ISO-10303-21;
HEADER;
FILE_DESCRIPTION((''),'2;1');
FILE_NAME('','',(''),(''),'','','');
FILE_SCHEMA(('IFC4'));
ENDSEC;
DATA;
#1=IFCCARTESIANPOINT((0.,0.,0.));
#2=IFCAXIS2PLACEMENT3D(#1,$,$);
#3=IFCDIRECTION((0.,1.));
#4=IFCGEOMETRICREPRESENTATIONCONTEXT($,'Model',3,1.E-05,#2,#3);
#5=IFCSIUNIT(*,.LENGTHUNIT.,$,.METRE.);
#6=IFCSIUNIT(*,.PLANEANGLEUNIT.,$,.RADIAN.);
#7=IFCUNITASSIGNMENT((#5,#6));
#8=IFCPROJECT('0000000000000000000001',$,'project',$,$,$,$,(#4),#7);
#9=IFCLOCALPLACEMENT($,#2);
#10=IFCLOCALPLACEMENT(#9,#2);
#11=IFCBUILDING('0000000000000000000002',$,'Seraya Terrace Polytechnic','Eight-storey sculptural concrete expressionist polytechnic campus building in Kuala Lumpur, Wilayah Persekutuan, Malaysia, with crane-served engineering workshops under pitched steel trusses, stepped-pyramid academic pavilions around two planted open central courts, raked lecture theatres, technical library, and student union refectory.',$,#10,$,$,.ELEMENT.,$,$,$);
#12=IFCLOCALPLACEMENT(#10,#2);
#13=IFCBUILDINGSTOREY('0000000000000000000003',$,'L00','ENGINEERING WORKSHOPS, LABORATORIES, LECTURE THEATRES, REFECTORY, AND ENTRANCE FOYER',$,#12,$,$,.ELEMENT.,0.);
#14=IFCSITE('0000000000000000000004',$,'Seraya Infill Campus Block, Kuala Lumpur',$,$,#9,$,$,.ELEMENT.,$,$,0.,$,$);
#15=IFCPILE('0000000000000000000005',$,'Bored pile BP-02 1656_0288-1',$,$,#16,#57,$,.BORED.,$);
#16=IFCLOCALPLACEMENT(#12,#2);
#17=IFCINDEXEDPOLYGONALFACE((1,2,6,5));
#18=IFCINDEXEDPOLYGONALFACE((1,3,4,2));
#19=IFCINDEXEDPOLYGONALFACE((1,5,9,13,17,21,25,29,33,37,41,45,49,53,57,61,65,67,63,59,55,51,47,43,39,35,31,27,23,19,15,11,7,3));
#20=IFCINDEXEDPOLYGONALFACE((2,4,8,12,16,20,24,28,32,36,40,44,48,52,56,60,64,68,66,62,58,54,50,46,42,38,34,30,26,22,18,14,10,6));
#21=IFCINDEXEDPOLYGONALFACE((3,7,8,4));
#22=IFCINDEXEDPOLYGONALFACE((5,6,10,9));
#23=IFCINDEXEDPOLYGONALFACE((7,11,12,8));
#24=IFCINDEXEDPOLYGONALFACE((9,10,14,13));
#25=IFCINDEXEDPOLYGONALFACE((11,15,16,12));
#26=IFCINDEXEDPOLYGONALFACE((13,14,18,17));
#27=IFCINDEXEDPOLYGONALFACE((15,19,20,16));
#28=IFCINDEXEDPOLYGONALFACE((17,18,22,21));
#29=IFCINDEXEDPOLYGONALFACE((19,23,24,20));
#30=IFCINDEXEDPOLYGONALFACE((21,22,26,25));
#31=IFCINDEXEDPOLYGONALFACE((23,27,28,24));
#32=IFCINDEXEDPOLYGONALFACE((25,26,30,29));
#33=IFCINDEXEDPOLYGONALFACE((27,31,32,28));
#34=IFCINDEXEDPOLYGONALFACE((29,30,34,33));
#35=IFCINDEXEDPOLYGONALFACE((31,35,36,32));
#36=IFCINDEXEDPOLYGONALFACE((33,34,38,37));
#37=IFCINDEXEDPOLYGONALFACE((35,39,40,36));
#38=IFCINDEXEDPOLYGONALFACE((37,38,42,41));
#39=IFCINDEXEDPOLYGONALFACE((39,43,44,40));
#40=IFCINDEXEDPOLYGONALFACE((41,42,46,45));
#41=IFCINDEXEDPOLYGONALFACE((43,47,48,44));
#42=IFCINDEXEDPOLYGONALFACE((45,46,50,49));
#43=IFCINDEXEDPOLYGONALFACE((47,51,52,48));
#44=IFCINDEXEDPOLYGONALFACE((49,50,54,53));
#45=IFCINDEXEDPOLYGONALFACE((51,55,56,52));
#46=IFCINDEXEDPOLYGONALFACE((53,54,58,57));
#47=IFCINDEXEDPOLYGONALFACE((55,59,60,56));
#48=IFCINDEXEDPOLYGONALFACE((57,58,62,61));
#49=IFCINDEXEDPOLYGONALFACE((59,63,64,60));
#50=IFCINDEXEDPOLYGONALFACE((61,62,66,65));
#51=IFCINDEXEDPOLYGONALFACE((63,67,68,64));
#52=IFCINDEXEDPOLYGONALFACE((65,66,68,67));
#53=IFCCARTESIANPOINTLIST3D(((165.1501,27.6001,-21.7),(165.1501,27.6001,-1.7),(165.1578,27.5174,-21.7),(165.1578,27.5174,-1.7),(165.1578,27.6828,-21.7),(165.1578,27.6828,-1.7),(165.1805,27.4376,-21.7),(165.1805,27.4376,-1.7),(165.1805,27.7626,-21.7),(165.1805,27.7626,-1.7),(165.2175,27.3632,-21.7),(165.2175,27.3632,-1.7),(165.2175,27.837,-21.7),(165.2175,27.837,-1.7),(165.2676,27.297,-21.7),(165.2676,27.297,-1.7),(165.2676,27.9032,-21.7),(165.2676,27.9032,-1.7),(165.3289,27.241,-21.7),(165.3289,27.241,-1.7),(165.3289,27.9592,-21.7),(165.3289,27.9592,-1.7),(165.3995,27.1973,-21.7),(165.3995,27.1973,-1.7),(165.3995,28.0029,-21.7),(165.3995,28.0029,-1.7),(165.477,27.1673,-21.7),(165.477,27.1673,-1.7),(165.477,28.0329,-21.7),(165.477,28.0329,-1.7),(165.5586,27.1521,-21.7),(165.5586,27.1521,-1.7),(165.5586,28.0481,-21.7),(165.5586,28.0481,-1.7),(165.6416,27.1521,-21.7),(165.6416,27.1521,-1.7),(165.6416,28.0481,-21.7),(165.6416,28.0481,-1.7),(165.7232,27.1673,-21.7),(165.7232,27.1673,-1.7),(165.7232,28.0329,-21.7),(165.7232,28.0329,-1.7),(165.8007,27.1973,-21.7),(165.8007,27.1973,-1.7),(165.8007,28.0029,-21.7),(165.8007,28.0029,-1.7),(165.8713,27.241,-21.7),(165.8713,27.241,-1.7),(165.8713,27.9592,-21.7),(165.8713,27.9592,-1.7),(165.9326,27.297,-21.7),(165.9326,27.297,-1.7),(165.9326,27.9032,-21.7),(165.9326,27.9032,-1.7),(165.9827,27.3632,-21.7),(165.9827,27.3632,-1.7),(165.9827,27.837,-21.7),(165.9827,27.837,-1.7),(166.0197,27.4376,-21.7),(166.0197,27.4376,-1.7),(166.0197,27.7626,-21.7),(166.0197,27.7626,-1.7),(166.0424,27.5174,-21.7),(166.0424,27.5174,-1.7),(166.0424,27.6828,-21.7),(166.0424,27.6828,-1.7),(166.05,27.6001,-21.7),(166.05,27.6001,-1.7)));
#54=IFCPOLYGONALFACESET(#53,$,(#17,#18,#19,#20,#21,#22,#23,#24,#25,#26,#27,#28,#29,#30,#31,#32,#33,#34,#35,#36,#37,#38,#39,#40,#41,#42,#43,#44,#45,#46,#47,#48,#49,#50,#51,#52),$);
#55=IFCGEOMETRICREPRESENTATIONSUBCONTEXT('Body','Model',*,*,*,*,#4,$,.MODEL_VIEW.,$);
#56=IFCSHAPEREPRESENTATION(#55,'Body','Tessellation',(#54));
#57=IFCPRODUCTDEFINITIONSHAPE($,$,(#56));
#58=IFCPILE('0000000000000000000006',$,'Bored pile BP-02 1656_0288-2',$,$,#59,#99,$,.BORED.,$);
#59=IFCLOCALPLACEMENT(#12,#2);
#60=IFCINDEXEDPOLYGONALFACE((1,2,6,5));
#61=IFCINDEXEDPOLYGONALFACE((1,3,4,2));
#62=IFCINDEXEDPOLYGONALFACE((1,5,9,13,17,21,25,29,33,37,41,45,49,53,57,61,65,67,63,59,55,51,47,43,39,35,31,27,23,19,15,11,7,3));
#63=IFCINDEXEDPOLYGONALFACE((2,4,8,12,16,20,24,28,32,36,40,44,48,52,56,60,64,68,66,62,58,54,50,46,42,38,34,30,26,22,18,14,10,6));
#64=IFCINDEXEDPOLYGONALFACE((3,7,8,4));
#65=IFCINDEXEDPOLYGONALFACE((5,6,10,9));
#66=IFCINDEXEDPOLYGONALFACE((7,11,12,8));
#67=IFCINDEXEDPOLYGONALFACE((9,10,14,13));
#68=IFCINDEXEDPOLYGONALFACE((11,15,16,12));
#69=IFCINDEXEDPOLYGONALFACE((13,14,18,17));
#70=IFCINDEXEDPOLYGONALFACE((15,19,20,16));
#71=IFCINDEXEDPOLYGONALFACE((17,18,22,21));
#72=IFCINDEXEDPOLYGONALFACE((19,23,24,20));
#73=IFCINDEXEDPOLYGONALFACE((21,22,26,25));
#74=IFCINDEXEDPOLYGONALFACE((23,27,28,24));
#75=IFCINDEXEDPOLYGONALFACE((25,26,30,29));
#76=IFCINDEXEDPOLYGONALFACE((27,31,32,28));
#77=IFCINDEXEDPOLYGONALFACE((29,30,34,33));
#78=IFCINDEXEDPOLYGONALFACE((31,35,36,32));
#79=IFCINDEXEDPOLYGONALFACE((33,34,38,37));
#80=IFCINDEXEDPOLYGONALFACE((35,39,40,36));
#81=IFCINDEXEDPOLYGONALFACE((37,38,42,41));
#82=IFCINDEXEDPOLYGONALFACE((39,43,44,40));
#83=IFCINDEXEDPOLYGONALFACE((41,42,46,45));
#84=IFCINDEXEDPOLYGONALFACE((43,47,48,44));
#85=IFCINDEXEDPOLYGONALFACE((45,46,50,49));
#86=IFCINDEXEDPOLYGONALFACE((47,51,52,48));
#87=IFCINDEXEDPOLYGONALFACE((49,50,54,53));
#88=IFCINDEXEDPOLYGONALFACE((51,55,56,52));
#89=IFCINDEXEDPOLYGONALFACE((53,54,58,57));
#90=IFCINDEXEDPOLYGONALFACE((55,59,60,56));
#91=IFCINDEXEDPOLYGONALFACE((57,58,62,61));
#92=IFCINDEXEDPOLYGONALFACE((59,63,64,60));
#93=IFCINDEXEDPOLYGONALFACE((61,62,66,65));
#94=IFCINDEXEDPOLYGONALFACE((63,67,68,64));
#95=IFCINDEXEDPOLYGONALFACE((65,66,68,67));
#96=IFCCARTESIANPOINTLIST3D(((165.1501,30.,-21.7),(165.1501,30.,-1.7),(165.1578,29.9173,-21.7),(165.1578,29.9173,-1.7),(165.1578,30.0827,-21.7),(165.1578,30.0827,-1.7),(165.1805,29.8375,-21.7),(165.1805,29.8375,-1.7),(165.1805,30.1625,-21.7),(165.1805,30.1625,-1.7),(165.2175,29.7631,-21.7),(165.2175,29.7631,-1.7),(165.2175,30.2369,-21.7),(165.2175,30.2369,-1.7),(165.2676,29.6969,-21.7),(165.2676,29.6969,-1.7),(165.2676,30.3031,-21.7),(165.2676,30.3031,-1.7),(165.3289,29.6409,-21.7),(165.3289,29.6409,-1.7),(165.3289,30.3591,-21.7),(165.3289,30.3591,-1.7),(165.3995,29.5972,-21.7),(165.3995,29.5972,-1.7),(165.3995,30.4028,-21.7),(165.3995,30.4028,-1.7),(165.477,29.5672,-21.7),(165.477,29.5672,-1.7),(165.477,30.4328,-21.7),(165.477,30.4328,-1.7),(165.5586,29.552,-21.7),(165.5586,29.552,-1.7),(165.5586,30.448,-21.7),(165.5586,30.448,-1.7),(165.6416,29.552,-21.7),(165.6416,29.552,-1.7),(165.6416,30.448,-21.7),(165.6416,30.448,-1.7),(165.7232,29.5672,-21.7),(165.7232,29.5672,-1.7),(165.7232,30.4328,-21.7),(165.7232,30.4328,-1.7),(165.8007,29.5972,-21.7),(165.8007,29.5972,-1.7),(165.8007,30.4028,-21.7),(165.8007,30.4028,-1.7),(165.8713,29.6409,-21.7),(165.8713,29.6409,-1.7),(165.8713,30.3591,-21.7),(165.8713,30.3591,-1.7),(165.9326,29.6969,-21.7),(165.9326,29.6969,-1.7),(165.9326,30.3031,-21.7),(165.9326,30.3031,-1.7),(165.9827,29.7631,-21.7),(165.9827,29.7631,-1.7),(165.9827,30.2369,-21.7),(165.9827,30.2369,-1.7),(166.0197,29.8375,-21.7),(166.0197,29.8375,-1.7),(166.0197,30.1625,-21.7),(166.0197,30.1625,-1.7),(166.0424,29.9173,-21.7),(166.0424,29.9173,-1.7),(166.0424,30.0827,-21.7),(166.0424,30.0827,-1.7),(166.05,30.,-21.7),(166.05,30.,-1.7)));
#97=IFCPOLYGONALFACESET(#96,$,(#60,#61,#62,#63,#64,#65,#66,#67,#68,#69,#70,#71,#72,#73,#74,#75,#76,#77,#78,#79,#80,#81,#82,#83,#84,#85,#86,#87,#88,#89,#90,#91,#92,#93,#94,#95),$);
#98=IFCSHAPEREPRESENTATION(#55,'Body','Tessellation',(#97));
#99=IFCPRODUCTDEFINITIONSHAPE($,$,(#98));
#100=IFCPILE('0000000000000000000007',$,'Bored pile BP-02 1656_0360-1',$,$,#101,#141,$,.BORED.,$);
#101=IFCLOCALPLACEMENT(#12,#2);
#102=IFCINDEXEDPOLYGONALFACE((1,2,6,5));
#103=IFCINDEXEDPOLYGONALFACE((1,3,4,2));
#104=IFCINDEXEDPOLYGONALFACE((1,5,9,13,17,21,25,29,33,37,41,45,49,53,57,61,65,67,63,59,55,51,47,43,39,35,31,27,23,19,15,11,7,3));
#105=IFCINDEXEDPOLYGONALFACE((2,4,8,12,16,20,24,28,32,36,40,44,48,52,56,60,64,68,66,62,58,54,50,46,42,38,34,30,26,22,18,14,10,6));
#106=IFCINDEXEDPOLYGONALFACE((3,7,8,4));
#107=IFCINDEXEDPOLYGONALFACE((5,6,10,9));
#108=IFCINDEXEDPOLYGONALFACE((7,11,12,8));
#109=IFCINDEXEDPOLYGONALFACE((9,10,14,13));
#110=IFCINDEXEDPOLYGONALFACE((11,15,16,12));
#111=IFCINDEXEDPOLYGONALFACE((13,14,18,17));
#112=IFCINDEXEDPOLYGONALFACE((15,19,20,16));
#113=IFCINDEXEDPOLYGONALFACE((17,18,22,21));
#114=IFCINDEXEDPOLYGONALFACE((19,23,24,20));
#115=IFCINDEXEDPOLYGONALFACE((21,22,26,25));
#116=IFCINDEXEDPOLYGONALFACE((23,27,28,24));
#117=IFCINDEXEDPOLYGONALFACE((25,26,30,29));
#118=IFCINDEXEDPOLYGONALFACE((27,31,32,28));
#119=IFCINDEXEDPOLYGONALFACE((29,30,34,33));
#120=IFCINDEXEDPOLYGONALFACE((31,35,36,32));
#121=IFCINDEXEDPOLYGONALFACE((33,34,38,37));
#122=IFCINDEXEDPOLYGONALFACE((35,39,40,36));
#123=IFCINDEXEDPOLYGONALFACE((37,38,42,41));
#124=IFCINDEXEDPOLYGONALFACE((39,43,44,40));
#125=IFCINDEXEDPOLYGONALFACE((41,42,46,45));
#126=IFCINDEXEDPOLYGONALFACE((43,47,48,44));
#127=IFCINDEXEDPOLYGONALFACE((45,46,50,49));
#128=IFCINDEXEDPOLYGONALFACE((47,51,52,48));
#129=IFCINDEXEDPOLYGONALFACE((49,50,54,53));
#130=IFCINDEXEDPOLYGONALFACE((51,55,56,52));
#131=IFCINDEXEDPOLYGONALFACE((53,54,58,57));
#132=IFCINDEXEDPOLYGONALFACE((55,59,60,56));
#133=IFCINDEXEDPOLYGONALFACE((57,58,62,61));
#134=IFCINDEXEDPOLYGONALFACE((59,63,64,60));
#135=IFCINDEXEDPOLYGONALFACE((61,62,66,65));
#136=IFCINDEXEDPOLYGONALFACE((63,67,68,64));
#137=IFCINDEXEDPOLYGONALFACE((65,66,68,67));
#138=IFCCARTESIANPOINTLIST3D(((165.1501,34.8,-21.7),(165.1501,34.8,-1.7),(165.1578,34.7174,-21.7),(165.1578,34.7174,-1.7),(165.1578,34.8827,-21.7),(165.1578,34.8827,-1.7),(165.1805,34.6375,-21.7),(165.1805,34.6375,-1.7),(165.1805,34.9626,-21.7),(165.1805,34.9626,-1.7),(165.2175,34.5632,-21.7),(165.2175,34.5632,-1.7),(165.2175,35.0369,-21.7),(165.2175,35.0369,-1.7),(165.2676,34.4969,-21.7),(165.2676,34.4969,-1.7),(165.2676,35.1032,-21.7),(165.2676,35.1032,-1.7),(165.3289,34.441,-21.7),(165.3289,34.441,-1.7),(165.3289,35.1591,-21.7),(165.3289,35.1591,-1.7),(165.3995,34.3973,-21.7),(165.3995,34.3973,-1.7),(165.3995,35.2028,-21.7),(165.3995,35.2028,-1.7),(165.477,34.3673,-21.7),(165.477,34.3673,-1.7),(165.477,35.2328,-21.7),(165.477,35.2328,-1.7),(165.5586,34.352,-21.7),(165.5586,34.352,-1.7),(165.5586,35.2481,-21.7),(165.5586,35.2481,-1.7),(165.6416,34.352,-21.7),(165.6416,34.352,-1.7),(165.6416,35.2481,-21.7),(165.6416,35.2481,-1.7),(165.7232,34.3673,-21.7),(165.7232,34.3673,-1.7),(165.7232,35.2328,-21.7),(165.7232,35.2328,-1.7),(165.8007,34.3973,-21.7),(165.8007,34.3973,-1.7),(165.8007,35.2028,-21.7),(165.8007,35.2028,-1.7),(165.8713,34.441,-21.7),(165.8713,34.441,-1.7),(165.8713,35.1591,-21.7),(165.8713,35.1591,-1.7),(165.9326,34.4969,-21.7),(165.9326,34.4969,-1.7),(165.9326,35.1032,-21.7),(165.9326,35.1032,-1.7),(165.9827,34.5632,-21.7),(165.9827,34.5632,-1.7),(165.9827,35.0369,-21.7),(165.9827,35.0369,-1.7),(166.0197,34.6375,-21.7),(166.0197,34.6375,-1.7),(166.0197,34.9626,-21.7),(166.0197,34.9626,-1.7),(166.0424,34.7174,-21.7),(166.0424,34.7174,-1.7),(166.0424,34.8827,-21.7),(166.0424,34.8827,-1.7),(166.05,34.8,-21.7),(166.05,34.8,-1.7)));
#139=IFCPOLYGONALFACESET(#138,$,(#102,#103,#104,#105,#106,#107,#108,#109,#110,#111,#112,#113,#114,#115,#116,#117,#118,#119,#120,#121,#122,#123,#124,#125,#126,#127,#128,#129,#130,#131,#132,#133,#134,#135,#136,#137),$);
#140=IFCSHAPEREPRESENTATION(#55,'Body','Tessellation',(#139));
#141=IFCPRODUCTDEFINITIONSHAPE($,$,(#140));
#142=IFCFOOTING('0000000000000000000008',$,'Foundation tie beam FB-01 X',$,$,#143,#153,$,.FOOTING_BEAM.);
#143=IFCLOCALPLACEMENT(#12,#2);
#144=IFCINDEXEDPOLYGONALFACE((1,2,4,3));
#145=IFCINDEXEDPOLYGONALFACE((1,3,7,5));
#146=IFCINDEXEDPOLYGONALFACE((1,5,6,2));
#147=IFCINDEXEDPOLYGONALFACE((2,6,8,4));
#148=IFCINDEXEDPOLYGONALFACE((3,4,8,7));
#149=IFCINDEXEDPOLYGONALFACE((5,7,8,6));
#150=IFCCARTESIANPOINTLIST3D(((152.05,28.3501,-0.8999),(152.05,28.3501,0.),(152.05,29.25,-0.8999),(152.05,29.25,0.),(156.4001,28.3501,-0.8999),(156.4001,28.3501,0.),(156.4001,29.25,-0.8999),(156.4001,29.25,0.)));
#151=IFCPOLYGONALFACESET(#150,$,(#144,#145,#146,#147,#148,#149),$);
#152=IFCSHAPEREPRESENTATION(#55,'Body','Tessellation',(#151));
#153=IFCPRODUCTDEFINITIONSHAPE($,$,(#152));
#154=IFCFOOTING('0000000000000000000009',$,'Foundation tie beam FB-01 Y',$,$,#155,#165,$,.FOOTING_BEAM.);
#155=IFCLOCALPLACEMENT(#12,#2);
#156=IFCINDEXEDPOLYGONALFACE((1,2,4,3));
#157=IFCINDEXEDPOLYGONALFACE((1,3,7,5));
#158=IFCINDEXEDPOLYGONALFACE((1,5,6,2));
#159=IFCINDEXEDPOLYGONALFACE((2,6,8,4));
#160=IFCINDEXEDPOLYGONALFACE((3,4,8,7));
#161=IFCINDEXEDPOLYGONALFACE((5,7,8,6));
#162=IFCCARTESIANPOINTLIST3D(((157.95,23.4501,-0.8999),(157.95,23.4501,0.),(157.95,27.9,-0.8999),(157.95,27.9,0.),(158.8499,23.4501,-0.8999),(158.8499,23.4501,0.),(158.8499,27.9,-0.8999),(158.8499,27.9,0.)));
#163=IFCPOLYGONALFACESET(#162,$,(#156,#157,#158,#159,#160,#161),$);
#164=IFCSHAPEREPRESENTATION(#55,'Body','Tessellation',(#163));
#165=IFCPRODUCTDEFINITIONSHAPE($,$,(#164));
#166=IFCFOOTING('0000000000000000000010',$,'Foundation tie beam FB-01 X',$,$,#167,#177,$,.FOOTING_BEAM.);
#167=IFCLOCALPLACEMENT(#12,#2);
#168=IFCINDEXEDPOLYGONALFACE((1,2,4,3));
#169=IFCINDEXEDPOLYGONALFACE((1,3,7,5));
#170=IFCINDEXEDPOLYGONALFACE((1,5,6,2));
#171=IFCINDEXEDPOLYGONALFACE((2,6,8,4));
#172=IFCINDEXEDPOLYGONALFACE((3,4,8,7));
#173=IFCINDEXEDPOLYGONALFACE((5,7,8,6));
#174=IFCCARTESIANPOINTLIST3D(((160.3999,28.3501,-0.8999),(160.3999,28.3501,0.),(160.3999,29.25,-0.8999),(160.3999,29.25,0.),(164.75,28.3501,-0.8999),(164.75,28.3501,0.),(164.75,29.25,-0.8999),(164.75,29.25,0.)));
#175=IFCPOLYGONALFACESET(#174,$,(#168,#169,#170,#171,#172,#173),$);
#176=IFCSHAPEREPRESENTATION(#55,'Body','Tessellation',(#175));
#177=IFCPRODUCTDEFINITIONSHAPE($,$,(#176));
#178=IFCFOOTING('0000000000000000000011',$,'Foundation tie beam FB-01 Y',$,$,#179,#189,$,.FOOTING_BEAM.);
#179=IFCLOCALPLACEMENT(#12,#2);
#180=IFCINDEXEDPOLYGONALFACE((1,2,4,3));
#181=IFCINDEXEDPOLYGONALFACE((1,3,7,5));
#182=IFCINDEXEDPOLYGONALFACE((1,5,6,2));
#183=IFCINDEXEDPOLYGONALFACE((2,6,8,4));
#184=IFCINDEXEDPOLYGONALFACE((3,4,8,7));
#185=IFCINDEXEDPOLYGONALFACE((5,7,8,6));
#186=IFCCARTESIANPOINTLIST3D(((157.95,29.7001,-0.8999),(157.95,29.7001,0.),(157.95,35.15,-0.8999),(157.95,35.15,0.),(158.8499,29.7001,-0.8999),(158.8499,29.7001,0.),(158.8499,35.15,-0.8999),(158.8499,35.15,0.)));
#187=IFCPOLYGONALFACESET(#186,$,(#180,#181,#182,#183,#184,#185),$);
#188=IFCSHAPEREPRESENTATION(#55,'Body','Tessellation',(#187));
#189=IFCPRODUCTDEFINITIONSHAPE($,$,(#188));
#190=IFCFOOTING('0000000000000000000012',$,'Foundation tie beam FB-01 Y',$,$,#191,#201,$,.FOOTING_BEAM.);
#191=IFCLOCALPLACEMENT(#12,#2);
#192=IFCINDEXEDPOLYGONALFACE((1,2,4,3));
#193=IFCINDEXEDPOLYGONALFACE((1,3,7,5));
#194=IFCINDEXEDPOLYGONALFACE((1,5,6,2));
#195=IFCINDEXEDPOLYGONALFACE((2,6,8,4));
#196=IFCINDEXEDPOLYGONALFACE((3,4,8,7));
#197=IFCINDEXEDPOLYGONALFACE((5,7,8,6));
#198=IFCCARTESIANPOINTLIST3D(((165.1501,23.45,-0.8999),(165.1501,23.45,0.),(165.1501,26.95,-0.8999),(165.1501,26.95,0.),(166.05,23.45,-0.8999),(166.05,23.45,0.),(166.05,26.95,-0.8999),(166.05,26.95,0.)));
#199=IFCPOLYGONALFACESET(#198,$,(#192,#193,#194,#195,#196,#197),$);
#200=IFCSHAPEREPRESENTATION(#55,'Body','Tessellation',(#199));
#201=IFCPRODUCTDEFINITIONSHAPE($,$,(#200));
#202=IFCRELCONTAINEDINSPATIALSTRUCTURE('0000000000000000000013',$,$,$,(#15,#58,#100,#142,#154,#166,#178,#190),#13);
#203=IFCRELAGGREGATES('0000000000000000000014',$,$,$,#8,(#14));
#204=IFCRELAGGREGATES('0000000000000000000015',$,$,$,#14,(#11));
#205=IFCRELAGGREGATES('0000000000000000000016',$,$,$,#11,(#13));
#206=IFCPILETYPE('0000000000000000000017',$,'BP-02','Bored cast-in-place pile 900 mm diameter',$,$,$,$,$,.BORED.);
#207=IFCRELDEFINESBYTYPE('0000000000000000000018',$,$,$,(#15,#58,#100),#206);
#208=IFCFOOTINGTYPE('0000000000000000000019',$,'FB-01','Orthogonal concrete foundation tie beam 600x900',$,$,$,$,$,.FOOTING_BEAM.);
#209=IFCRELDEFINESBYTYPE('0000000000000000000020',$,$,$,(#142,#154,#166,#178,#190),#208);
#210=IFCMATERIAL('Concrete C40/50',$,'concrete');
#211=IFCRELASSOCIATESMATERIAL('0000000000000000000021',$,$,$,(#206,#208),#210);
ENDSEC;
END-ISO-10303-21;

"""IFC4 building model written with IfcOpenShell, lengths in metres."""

from ifc_helpers import new_model, si_unit, direction, frame, origin, origin_2d, place, context, subcontext, project, spatial, rectangle, circle, extrude, material, material_profile, profile_set, type_object, element, save


model = new_model("IFC4")

# Units and contexts
model_context = context("Model", 3, precision=1e-05, world=origin(), true_north=direction((0.0, 1.0)))
body_context = subcontext(model_context, "Body", "Model", "MODEL_VIEW")
ifc_project = project(units=[si_unit("LENGTHUNIT", "METRE"), si_unit("PLANEANGLEUNIT", "RADIAN")], contexts=[model_context])

# Site, building, storey
site_placement = place(None, origin())
site = spatial("IfcSite", under=ifc_project, at=site_placement, Name="Seraya Infill Campus Block, Kuala Lumpur", CompositionType="ELEMENT", RefElevation=0.0)
building_placement = place(site_placement, origin())
building = spatial("IfcBuilding", under=site, at=building_placement, Name="Seraya Terrace Polytechnic", Description="Eight-storey sculptural concrete expressionist polytechnic campus building in Kuala Lumpur, Wilayah Persekutuan, Malaysia, with crane-served engineering workshops under pitched steel trusses, stepped-pyramid academic pavilions around two planted open central courts, raked lecture theatres, technical library, and student union refectory.", CompositionType="ELEMENT")
storey_placement = place(building_placement, origin())
storey = spatial("IfcBuildingStorey", under=building, at=storey_placement, Name="L00", Description="ENGINEERING WORKSHOPS, LABORATORIES, LECTURE THEATRES, REFECTORY, AND ENTRANCE FOYER", CompositionType="ELEMENT", Elevation=0.0)

# Piles
ifc_material_1 = material(Name="Concrete C40/50", Category="concrete")
ifc_material_profile_1 = material_profile(ifc_material_1, circle(Radius=0.45, at=origin_2d()), Name="DIA 900")
ifc_profile_set_1 = profile_set([ifc_material_profile_1], Name="Concrete C40/50")
pile_type = type_object("IfcPileType", Name="BP-02", Description="Bored cast-in-place pile 900 mm diameter", PredefinedType="BORED", material=ifc_profile_set_1)
for number, where, z_axis, x_axis, name in (
    (1, (165.6001, 27.6001, -1.7), (0.0, 0.0, -1.0), (1.0, 0.0, 0.0), "Bored pile BP-02 1656_0288-1"),
    (2, (165.6001, 30.0, -1.7), (0.0, 0.0, -1.0), (1.0, 0.0, 0.0), "Bored pile BP-02 1656_0288-2"),
    (3, (165.6001, 34.8, -1.7), (0.0, 0.0, -1.0), (1.0, 0.0, 0.0), "Bored pile BP-02 1656_0360-1"),
):
    element("IfcPile", number, at=place(storey_placement, frame(where, z_axis=z_axis, x_axis=x_axis)), inside=storey, type_object=pile_type, Name=name, PredefinedType="BORED", context=body_context, shape_type="SweptSolid", body=[
        extrude(circle(Radius=0.45, at=origin_2d()), origin(), (0.0, 0.0, 1.0), 20.0),
    ])

# Footings
footing_type_1 = type_object("IfcFootingType", Name="FB-01", Description="Orthogonal concrete foundation tie beam 600x900", PredefinedType="FOOTING_BEAM", material=ifc_material_1)
footing_1_placement = place(storey_placement, frame((154.2251, 28.8, -0.8999), z_axis=(0.0, 0.0, 1.0), x_axis=(1.0, 0.0, 0.0)))
element("IfcFooting", 4, at=footing_1_placement, inside=storey, type_object=footing_type_1, Name="Foundation tie beam FB-01 X", PredefinedType="FOOTING_BEAM", context=body_context, shape_type="SweptSolid", body=[
    extrude(rectangle(XDim=4.3501, YDim=0.8999, at=origin_2d()), origin(), (0.0, 0.0, 1.0), 0.8999),
])
footing_2_placement = place(storey_placement, frame((158.3999, 25.675, -0.8999), z_axis=(0.0, 0.0, 1.0), x_axis=(0.0, 1.0, 0.0)))
element("IfcFooting", 5, at=footing_2_placement, inside=storey, type_object=footing_type_1, Name="Foundation tie beam FB-01 Y", PredefinedType="FOOTING_BEAM", context=body_context, shape_type="SweptSolid", body=[
    extrude(rectangle(XDim=4.45, YDim=0.8999, at=origin_2d()), origin(), (0.0, 0.0, 1.0), 0.8999),
])
footing_3_placement = place(storey_placement, frame((162.575, 28.8, -0.8999), z_axis=(0.0, 0.0, 1.0), x_axis=(1.0, 0.0, 0.0)))
element("IfcFooting", 6, at=footing_3_placement, inside=storey, type_object=footing_type_1, Name="Foundation tie beam FB-01 X", PredefinedType="FOOTING_BEAM", context=body_context, shape_type="SweptSolid", body=[
    extrude(rectangle(XDim=4.3501, YDim=0.8999, at=origin_2d()), origin(), (0.0, 0.0, 1.0), 0.8999),
])
footing_4_placement = place(storey_placement, frame((158.3999, 32.425, -0.8999), z_axis=(0.0, 0.0, 1.0), x_axis=(0.0, 1.0, 0.0)))
element("IfcFooting", 7, at=footing_4_placement, inside=storey, type_object=footing_type_1, Name="Foundation tie beam FB-01 Y", PredefinedType="FOOTING_BEAM", context=body_context, shape_type="SweptSolid", body=[
    extrude(rectangle(XDim=5.45, YDim=0.8999, at=origin_2d()), origin(), (0.0, 0.0, 1.0), 0.8999),
])
for number, where, z_axis, x_axis, name in (
    (8, (165.6001, 25.2, -0.8999), (0.0, 0.0, 1.0), (0.0, 1.0, 0.0), "Foundation tie beam FB-01 Y"),
):
    element("IfcFooting", number, at=place(storey_placement, frame(where, z_axis=z_axis, x_axis=x_axis)), inside=storey, type_object=footing_type_1, Name=name, PredefinedType="FOOTING_BEAM", context=body_context, shape_type="SweptSolid", body=[
        extrude(rectangle(XDim=3.5, YDim=0.8999, at=origin_2d()), origin(), (0.0, 0.0, 1.0), 0.8999),
    ])

save(model, "model.ifc")
